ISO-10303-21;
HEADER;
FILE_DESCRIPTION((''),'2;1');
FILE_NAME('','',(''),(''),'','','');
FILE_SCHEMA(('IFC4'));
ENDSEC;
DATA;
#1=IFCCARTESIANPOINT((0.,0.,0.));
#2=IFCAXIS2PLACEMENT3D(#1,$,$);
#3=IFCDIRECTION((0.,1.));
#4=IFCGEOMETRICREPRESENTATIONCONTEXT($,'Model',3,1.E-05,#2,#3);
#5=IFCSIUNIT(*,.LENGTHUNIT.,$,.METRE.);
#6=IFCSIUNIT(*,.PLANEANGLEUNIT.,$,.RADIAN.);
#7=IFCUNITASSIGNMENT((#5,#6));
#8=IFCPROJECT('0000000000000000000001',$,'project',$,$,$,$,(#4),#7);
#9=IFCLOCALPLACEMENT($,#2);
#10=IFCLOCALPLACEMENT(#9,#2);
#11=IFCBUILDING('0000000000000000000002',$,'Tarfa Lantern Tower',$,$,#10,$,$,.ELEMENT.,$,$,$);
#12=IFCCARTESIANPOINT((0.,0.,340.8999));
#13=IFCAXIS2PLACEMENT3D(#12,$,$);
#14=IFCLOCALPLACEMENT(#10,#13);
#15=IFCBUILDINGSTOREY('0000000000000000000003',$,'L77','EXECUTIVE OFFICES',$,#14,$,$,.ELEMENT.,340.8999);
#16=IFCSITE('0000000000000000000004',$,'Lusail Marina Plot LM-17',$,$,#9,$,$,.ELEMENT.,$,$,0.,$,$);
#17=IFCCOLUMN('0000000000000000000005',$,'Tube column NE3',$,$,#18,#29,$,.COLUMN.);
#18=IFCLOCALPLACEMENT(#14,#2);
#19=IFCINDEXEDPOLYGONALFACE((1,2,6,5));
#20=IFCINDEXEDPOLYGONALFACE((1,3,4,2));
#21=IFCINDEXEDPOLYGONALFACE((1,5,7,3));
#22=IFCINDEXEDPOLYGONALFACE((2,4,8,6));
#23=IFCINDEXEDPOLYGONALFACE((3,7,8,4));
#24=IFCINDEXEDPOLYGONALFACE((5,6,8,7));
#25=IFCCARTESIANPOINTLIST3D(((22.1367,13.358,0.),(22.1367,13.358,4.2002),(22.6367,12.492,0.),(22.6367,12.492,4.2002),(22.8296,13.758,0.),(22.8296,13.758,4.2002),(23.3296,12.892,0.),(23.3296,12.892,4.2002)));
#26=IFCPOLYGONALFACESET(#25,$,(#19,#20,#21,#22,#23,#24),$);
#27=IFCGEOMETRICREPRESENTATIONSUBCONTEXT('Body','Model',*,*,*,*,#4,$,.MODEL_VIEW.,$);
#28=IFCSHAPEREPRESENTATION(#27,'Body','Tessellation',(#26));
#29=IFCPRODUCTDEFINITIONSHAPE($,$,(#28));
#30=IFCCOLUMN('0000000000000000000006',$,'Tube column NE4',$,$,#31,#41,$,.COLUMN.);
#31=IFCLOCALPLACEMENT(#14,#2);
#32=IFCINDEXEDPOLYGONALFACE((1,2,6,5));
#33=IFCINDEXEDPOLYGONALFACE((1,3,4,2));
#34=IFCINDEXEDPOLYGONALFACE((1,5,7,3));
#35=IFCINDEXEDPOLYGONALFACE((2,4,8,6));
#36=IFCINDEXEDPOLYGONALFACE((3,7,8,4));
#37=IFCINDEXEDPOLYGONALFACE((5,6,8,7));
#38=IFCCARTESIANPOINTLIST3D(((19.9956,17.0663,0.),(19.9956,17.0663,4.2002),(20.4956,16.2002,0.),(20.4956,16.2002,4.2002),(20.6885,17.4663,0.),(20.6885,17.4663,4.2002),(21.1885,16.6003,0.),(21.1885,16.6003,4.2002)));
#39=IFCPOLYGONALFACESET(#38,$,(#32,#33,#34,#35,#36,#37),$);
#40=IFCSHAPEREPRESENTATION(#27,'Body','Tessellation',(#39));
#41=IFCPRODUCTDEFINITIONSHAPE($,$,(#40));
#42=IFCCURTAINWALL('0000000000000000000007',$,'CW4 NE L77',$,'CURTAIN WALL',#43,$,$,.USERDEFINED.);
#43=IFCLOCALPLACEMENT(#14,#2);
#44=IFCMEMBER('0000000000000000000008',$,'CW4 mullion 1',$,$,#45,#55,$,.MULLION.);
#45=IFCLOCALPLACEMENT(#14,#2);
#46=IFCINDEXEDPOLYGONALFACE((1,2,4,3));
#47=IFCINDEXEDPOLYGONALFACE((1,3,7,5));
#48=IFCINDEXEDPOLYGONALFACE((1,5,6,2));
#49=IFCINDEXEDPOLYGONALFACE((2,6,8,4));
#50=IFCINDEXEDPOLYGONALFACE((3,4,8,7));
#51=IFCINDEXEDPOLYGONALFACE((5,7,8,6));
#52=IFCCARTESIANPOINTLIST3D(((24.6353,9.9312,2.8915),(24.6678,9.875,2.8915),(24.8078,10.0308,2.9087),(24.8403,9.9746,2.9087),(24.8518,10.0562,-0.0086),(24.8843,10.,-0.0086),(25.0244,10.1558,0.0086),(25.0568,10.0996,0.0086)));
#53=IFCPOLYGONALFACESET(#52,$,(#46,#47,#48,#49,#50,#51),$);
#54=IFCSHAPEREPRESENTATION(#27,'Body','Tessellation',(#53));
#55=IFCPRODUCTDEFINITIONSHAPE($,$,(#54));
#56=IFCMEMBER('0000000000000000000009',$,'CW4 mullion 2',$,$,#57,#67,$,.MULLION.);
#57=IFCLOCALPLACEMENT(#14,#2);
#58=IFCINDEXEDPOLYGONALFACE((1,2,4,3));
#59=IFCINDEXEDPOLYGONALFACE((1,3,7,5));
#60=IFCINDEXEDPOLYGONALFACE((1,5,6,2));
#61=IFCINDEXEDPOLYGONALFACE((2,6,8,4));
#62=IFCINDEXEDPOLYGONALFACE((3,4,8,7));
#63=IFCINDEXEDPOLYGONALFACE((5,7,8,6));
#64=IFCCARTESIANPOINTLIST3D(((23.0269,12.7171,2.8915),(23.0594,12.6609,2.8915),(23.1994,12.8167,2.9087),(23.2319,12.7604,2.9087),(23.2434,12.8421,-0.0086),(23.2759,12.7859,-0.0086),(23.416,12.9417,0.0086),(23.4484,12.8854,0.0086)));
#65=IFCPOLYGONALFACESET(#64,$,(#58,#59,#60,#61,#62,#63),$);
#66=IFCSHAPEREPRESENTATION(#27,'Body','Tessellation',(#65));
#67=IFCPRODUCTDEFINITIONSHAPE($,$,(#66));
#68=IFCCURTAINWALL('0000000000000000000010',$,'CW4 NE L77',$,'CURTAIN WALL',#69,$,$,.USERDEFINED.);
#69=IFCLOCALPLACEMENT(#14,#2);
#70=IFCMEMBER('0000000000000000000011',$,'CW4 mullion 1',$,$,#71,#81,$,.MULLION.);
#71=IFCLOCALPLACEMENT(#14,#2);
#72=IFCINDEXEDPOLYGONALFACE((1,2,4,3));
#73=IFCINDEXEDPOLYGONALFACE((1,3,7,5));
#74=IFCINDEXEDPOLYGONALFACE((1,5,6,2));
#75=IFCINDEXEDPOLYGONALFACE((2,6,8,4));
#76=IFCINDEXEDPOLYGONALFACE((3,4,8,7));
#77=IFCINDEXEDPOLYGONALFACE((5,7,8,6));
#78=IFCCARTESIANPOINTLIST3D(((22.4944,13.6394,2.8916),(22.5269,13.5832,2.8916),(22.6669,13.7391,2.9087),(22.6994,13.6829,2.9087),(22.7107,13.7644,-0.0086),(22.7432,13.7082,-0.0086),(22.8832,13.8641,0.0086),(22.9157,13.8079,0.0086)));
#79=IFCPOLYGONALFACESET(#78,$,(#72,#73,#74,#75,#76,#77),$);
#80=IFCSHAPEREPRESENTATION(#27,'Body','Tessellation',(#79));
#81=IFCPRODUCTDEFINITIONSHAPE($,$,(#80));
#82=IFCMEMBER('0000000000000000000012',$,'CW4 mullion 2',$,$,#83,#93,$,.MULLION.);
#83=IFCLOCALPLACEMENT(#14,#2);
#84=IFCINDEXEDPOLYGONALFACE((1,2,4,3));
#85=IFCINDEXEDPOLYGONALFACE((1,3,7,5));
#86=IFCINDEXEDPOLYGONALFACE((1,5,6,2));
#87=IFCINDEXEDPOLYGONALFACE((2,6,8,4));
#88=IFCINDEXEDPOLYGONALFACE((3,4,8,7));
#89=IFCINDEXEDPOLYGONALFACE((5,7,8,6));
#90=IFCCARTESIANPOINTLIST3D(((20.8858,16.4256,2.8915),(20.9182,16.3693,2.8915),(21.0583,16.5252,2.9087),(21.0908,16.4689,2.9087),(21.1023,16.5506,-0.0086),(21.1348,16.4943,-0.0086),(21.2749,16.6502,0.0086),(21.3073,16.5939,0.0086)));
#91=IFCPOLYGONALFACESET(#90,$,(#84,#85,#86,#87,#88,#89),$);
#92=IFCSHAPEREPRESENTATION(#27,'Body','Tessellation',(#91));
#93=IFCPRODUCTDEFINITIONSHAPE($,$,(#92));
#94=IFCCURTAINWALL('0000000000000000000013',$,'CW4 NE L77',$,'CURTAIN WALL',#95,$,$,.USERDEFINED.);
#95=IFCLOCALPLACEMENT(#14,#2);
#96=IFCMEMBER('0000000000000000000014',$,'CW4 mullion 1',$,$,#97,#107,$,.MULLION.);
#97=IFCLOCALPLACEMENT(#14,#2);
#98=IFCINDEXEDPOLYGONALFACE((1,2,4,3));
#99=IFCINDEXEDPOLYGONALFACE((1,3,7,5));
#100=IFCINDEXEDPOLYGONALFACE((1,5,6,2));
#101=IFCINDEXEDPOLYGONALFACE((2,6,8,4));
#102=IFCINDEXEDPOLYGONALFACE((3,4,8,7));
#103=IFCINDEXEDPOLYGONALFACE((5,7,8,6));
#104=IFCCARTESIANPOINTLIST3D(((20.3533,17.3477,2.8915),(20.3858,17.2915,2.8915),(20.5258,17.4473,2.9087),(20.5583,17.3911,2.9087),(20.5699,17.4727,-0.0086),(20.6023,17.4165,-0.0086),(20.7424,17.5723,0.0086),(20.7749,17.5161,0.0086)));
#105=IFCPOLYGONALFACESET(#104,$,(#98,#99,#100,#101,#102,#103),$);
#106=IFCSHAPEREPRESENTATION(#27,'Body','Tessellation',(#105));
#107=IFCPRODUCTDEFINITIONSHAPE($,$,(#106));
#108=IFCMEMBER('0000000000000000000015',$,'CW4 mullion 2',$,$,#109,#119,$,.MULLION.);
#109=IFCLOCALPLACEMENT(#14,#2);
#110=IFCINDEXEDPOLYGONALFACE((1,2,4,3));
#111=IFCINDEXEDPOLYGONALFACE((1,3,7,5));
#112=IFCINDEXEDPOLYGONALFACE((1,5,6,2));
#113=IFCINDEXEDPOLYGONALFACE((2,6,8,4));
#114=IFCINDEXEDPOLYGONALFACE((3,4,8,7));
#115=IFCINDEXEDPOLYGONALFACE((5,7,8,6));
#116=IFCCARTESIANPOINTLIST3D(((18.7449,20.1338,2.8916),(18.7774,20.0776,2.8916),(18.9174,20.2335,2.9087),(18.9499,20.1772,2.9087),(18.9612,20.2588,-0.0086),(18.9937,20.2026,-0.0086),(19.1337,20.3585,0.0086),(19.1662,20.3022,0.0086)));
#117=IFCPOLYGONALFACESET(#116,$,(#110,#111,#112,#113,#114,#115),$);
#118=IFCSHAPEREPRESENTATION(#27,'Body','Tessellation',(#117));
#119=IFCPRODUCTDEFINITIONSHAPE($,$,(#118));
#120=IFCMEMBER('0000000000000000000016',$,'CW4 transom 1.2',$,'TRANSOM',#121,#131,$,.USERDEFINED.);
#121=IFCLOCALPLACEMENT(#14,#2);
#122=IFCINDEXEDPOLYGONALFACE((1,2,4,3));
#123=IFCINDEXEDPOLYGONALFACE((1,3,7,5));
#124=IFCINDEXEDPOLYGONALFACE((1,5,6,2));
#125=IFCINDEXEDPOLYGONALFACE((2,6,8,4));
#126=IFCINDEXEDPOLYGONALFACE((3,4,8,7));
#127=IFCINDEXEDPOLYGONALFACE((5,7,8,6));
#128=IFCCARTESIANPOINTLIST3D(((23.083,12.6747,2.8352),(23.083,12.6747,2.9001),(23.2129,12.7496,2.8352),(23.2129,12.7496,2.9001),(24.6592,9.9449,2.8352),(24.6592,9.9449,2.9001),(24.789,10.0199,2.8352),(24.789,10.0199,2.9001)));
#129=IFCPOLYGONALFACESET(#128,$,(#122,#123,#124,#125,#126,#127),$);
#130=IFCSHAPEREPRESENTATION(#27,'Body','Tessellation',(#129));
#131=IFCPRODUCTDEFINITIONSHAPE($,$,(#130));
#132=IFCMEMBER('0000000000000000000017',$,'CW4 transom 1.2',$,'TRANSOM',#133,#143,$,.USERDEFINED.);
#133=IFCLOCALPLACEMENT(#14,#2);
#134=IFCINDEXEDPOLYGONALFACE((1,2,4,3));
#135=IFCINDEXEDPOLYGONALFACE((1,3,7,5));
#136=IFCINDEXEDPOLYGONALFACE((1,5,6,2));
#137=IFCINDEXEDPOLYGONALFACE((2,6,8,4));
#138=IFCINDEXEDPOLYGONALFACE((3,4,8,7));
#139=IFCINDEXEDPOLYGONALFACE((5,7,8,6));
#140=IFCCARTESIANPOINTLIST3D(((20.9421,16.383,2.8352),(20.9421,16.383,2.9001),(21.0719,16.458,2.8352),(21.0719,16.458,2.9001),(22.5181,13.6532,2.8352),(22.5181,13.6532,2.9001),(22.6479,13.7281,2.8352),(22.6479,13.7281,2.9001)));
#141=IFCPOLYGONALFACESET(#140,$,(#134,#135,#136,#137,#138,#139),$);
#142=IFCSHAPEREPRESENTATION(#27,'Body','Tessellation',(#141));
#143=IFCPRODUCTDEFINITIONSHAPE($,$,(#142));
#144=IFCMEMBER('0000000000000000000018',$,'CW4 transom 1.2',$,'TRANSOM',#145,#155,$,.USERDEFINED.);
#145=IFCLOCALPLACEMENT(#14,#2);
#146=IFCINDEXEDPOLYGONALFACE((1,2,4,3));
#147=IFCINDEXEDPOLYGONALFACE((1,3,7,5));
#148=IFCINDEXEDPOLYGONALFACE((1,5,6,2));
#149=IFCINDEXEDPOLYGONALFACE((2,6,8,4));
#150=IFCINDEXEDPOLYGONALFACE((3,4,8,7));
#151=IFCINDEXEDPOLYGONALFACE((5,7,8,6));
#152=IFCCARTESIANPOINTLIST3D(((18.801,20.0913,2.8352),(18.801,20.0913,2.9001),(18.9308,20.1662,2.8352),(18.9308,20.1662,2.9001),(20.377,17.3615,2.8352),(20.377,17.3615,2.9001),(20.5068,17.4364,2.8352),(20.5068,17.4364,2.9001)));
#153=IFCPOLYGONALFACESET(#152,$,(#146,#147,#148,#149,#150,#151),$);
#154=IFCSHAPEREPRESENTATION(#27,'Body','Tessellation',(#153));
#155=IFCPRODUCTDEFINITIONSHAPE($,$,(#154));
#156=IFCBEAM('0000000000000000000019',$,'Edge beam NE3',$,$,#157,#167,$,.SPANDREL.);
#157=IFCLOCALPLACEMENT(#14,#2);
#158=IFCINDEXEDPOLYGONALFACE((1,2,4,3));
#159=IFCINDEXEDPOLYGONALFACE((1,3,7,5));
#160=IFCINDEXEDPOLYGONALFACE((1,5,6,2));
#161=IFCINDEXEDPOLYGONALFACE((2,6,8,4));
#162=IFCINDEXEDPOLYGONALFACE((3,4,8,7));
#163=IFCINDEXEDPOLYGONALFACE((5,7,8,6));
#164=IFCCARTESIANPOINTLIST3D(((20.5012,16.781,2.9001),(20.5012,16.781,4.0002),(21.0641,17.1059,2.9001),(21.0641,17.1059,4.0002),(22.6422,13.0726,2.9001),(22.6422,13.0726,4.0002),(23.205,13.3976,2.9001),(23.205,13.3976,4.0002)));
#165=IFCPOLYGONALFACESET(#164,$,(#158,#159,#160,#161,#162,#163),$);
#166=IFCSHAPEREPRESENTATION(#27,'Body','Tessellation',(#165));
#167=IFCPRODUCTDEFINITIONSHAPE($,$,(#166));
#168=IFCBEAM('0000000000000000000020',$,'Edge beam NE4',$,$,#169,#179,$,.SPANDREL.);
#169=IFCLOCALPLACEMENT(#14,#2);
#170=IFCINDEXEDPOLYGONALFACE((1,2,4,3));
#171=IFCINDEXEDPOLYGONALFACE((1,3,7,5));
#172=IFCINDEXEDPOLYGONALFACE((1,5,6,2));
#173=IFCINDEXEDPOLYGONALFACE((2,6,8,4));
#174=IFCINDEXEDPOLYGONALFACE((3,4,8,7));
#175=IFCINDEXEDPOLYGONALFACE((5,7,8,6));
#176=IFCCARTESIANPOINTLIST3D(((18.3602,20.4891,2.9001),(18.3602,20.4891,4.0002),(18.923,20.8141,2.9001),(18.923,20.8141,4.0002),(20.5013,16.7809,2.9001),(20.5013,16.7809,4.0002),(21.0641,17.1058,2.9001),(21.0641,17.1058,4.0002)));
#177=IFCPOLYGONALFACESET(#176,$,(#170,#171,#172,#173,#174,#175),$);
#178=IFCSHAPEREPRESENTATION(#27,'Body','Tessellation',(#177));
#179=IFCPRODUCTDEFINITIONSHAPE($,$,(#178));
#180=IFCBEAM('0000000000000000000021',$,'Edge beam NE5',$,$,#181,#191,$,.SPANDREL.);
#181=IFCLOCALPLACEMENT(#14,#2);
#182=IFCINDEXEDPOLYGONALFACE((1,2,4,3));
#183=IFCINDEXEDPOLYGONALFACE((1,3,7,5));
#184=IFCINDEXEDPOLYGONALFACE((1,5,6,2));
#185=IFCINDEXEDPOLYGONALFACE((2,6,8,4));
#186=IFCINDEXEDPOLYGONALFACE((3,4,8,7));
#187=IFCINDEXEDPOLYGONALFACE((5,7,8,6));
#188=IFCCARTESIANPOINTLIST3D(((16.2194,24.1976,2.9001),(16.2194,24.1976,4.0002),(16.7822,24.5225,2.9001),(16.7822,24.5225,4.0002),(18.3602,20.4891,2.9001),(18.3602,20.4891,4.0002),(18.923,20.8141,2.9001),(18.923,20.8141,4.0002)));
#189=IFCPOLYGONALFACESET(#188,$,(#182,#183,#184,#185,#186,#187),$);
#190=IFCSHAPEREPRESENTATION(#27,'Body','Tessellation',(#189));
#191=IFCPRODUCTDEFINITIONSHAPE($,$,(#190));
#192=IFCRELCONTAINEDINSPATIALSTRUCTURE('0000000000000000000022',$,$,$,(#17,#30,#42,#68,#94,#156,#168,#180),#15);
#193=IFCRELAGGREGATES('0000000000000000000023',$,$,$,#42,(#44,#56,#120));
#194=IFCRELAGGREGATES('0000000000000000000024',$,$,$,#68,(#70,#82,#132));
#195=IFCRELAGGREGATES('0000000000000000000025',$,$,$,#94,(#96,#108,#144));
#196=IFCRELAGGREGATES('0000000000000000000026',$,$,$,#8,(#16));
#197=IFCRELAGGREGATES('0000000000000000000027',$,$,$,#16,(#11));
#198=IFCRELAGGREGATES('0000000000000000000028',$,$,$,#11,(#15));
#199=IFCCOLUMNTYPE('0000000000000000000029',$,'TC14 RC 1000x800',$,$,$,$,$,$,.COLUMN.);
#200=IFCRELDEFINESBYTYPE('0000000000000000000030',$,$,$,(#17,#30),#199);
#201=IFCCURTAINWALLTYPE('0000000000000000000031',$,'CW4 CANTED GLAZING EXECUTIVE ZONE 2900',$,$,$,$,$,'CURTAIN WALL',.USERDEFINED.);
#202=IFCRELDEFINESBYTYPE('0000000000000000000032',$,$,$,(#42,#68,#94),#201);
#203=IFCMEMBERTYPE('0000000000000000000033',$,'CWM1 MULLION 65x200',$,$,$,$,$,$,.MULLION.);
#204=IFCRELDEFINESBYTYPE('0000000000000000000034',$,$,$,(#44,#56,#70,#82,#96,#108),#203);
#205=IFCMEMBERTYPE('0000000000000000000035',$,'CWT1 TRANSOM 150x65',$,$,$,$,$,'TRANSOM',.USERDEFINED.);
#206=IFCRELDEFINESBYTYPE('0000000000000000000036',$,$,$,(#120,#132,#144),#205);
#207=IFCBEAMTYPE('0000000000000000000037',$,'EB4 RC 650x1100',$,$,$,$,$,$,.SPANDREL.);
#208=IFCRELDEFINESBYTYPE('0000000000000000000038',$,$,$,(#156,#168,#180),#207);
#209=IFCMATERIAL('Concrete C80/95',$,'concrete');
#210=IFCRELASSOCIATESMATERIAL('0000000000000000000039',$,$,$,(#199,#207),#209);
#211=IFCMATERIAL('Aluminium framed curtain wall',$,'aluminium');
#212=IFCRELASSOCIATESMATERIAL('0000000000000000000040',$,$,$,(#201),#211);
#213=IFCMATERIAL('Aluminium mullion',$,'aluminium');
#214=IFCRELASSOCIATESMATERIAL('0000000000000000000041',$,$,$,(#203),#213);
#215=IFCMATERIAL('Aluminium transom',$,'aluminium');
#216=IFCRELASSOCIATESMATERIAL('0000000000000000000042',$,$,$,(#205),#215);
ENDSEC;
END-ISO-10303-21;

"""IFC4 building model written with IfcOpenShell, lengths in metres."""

from ifc_helpers import new_model, si_unit, direction, frame, origin, origin_2d, place, context, subcontext, project, spatial, rectangle, extrude, material, material_profile, profile_set, type_object, element, aggregate, save


model = new_model("IFC4")

# Units and contexts
model_context = context("Model", 3, precision=1e-05, world=origin(), true_north=direction((0.0, 1.0)))
body_context = subcontext(model_context, "Body", "Model", "MODEL_VIEW")
ifc_project = project(units=[si_unit("LENGTHUNIT", "METRE"), si_unit("PLANEANGLEUNIT", "RADIAN")], contexts=[model_context])

# Site, building, storey
site_placement = place(None, origin())
site = spatial("IfcSite", under=ifc_project, at=site_placement, Name="Lusail Marina Plot LM-17", CompositionType="ELEMENT", RefElevation=0.0)
building_placement = place(site_placement, origin())
building = spatial("IfcBuilding", under=site, at=building_placement, Name="Tarfa Lantern Tower", CompositionType="ELEMENT")
storey_placement = place(building_placement, frame((0.0, 0.0, 340.8999)))
storey = spatial("IfcBuildingStorey", under=building, at=storey_placement, Name="L77", Description="EXECUTIVE OFFICES", CompositionType="ELEMENT", Elevation=340.8999)

# Columns
ifc_material_1 = material(Name="Concrete C80/95", Category="concrete")
ifc_material_profile_1 = material_profile(ifc_material_1, rectangle(XDim=1.0, YDim=0.8, at=origin_2d()), Name="RC 1000x800")
ifc_profile_set_1 = profile_set([ifc_material_profile_1], Name="Concrete C80/95")
column_type = type_object("IfcColumnType", Name="TC14 RC 1000x800", PredefinedType="COLUMN", material=ifc_profile_set_1)
for number, where, z_axis, x_axis, name in (
    (1, (22.7332, 13.125, 0.0), (0.0, 0.0, 1.0), (-0.5, 0.866025, 0.0), "Tube column NE3"),
    (2, (20.592, 16.8333, 0.0), (0.0, 0.0, 1.0), (-0.5, 0.866025, 0.0), "Tube column NE4"),
):
    element("IfcColumn", number, at=place(storey_placement, frame(where, z_axis=z_axis, x_axis=x_axis)), inside=storey, type_object=column_type, Name=name, PredefinedType="COLUMN", context=body_context, shape_type="SweptSolid", body=[
        extrude(rectangle(XDim=1.0, YDim=0.8, at=origin_2d()), origin(), (0.0, 0.0, 1.0), 4.2002),
    ])

# Curtain walls, members
ifc_material_2 = material(Name="Aluminium framed curtain wall", Category="aluminium")
curtain_wall_type = type_object("IfcCurtainWallType", Name="CW4 CANTED GLAZING EXECUTIVE ZONE 2900", ElementType="CURTAIN WALL", PredefinedType="USERDEFINED", material=ifc_material_2)
curtain_wall_1_placement = place(storey_placement, origin())
curtain_wall_1 = element("IfcCurtainWall", 3, at=curtain_wall_1_placement, inside=storey, type_object=curtain_wall_type, Name="CW4 NE L77", ObjectType="CURTAIN WALL", PredefinedType="USERDEFINED")
ifc_material_3 = material(Name="Aluminium mullion", Category="aluminium")
ifc_material_profile_2 = material_profile(ifc_material_3, rectangle(XDim=0.0649, YDim=0.2, at=origin_2d()), Name="AL MULLION 65x200")
ifc_profile_set_2 = profile_set([ifc_material_profile_2], Name="Aluminium mullion")
member_type_1 = type_object("IfcMemberType", Name="CWM1 MULLION 65x200", PredefinedType="MULLION", material=ifc_profile_set_2)
member_1_placement = place(storey_placement, frame((24.9543, 10.0779, 0.0), z_axis=(-0.074394, -0.042942, 0.996304), x_axis=(0.49992, -0.866072, 0.0)))
member_1 = element("IfcMember", 4, at=member_1_placement, type_object=member_type_1, Name="CW4 mullion 1", PredefinedType="MULLION", context=body_context, shape_type="SweptSolid", body=[
    extrude(rectangle(XDim=0.0649, YDim=0.2, at=origin_2d()), origin(), (0.0, 0.0, 1.0), 2.9109),
])
member_2_placement = place(storey_placement, frame((23.3459, 12.8638, 0.0), z_axis=(-0.074394, -0.042942, 0.996304), x_axis=(0.49992, -0.866072, 0.0)))
member_2 = element("IfcMember", 5, at=member_2_placement, type_object=member_type_1, Name="CW4 mullion 2", PredefinedType="MULLION", context=body_context, shape_type="SweptSolid", body=[
    extrude(rectangle(XDim=0.0649, YDim=0.2, at=origin_2d()), origin(), (0.0, 0.0, 1.0), 2.9109),
])
curtain_wall_2_placement = place(storey_placement, origin())
curtain_wall_2 = element("IfcCurtainWall", 6, at=curtain_wall_2_placement, inside=storey, type_object=curtain_wall_type, Name="CW4 NE L77", ObjectType="CURTAIN WALL", PredefinedType="USERDEFINED")
member_3_placement = place(storey_placement, frame((22.8132, 13.7861, 0.0), z_axis=(-0.07431, -0.042942, 0.99631), x_axis=(0.500343, -0.865827, 0.0)))
member_3 = element("IfcMember", 7, at=member_3_placement, type_object=member_type_1, Name="CW4 mullion 1", PredefinedType="MULLION", context=body_context, shape_type="SweptSolid", body=[
    extrude(rectangle(XDim=0.0649, YDim=0.2, at=origin_2d()), origin(), (0.0, 0.0, 1.0), 2.9109),
])
member_4_placement = place(storey_placement, frame((21.2048, 16.5723, 0.0), z_axis=(-0.074394, -0.042942, 0.996304), x_axis=(0.49992, -0.866072, 0.0)))
member_4 = element("IfcMember", 8, at=member_4_placement, type_object=member_type_1, Name="CW4 mullion 2", PredefinedType="MULLION", context=body_context, shape_type="SweptSolid", body=[
    extrude(rectangle(XDim=0.0649, YDim=0.2, at=origin_2d()), origin(), (0.0, 0.0, 1.0), 2.9109),
])
curtain_wall_3_placement = place(storey_placement, origin())
curtain_wall_3 = element("IfcCurtainWall", 9, at=curtain_wall_3_placement, inside=storey, type_object=curtain_wall_type, Name="CW4 NE L77", ObjectType="CURTAIN WALL", PredefinedType="USERDEFINED")
member_5_placement = place(storey_placement, frame((20.6724, 17.4944, 0.0), z_axis=(-0.074394, -0.042942, 0.996304), x_axis=(0.49992, -0.866072, 0.0)))
member_5 = element("IfcMember", 10, at=member_5_placement, type_object=member_type_1, Name="CW4 mullion 1", PredefinedType="MULLION", context=body_context, shape_type="SweptSolid", body=[
    extrude(rectangle(XDim=0.0649, YDim=0.2, at=origin_2d()), origin(), (0.0, 0.0, 1.0), 2.9109),
])
member_6_placement = place(storey_placement, frame((19.0637, 20.2805, 0.0), z_axis=(-0.07431, -0.042942, 0.99631), x_axis=(0.500343, -0.865827, 0.0)))
member_6 = element("IfcMember", 11, at=member_6_placement, type_object=member_type_1, Name="CW4 mullion 2", PredefinedType="MULLION", context=body_context, shape_type="SweptSolid", body=[
    extrude(rectangle(XDim=0.0649, YDim=0.2, at=origin_2d()), origin(), (0.0, 0.0, 1.0), 2.9109),
])

# Members
ifc_material_4 = material(Name="Aluminium transom", Category="aluminium")
ifc_material_profile_3 = material_profile(ifc_material_4, rectangle(XDim=0.1499, YDim=0.0649, at=origin_2d()), Name="AL TRANSOM 150x65")
ifc_profile_set_3 = profile_set([ifc_material_profile_3], Name="Aluminium transom")
member_type_2 = type_object("IfcMemberType", Name="CWT1 TRANSOM 150x65", ElementType="TRANSOM", PredefinedType="USERDEFINED", material=ifc_profile_set_3)
member_7_placement = place(storey_placement, frame((24.7241, 9.9824, 2.8677), z_axis=(-0.500038, 0.866004, 0.0), x_axis=(-0.866004, -0.500038, 0.0)))
member_7 = element("IfcMember", 12, at=member_7_placement, type_object=member_type_2, Name="CW4 transom 1.2", ObjectType="TRANSOM", PredefinedType="USERDEFINED", context=body_context, shape_type="SweptSolid", body=[
    extrude(rectangle(XDim=0.1499, YDim=0.0649, at=origin_2d()), origin(), (0.0, 0.0, 1.0), 3.1521),
])
member_8_placement = place(storey_placement, frame((22.583, 13.6907, 2.8677), z_axis=(-0.499979, 0.866037, 0.0), x_axis=(-0.866037, -0.499979, 0.0)))
member_8 = element("IfcMember", 13, at=member_8_placement, type_object=member_type_2, Name="CW4 transom 1.2", ObjectType="TRANSOM", PredefinedType="USERDEFINED", context=body_context, shape_type="SweptSolid", body=[
    extrude(rectangle(XDim=0.1499, YDim=0.0649, at=origin_2d()), origin(), (0.0, 0.0, 1.0), 3.1521),
])
member_9_placement = place(storey_placement, frame((20.4419, 17.3989, 2.8677), z_axis=(-0.499979, 0.866037, 0.0), x_axis=(-0.866037, -0.499979, 0.0)))
member_9 = element("IfcMember", 14, at=member_9_placement, type_object=member_type_2, Name="CW4 transom 1.2", ObjectType="TRANSOM", PredefinedType="USERDEFINED", context=body_context, shape_type="SweptSolid", body=[
    extrude(rectangle(XDim=0.1499, YDim=0.0649, at=origin_2d()), origin(), (0.0, 0.0, 1.0), 3.1521),
])

# Beams
ifc_material_profile_4 = material_profile(ifc_material_1, rectangle(XDim=0.6499, YDim=1.1001, at=origin_2d()), Name="RC 650x1100")
ifc_profile_set_4 = profile_set([ifc_material_profile_4], Name="Concrete C80/95")
beam_type_1 = type_object("IfcBeamType", Name="EB4 RC 650x1100", PredefinedType="SPANDREL", material=ifc_profile_set_4)
for number, where, z_axis, x_axis, name in (
    (15, (22.9236, 13.2351, 3.4502), (-0.499984, 0.866035, 0.0), (-0.866035, -0.499984, 0.0), "Edge beam NE3"),
    (16, (20.7827, 16.9434, 3.4502), (-0.500027, 0.86601, 0.0), (-0.86601, -0.500027, 0.0), "Edge beam NE4"),
    (17, (18.6416, 20.6516, 3.4502), (-0.499959, 0.866049, 0.0), (-0.866049, -0.499959, 0.0), "Edge beam NE5"),
):
    element("IfcBeam", number, at=place(storey_placement, frame(where, z_axis=z_axis, x_axis=x_axis)), inside=storey, type_object=beam_type_1, Name=name, PredefinedType="SPANDREL", context=body_context, shape_type="SweptSolid", body=[
        extrude(rectangle(XDim=0.6499, YDim=1.1001, at=origin_2d()), origin(), (0.0, 0.0, 1.0), 4.282),
    ])

aggregate(curtain_wall_1, [member_1, member_2, member_7])
aggregate(curtain_wall_2, [member_3, member_4, member_8])
aggregate(curtain_wall_3, [member_5, member_6, member_9])

save(model, "model.ifc")
